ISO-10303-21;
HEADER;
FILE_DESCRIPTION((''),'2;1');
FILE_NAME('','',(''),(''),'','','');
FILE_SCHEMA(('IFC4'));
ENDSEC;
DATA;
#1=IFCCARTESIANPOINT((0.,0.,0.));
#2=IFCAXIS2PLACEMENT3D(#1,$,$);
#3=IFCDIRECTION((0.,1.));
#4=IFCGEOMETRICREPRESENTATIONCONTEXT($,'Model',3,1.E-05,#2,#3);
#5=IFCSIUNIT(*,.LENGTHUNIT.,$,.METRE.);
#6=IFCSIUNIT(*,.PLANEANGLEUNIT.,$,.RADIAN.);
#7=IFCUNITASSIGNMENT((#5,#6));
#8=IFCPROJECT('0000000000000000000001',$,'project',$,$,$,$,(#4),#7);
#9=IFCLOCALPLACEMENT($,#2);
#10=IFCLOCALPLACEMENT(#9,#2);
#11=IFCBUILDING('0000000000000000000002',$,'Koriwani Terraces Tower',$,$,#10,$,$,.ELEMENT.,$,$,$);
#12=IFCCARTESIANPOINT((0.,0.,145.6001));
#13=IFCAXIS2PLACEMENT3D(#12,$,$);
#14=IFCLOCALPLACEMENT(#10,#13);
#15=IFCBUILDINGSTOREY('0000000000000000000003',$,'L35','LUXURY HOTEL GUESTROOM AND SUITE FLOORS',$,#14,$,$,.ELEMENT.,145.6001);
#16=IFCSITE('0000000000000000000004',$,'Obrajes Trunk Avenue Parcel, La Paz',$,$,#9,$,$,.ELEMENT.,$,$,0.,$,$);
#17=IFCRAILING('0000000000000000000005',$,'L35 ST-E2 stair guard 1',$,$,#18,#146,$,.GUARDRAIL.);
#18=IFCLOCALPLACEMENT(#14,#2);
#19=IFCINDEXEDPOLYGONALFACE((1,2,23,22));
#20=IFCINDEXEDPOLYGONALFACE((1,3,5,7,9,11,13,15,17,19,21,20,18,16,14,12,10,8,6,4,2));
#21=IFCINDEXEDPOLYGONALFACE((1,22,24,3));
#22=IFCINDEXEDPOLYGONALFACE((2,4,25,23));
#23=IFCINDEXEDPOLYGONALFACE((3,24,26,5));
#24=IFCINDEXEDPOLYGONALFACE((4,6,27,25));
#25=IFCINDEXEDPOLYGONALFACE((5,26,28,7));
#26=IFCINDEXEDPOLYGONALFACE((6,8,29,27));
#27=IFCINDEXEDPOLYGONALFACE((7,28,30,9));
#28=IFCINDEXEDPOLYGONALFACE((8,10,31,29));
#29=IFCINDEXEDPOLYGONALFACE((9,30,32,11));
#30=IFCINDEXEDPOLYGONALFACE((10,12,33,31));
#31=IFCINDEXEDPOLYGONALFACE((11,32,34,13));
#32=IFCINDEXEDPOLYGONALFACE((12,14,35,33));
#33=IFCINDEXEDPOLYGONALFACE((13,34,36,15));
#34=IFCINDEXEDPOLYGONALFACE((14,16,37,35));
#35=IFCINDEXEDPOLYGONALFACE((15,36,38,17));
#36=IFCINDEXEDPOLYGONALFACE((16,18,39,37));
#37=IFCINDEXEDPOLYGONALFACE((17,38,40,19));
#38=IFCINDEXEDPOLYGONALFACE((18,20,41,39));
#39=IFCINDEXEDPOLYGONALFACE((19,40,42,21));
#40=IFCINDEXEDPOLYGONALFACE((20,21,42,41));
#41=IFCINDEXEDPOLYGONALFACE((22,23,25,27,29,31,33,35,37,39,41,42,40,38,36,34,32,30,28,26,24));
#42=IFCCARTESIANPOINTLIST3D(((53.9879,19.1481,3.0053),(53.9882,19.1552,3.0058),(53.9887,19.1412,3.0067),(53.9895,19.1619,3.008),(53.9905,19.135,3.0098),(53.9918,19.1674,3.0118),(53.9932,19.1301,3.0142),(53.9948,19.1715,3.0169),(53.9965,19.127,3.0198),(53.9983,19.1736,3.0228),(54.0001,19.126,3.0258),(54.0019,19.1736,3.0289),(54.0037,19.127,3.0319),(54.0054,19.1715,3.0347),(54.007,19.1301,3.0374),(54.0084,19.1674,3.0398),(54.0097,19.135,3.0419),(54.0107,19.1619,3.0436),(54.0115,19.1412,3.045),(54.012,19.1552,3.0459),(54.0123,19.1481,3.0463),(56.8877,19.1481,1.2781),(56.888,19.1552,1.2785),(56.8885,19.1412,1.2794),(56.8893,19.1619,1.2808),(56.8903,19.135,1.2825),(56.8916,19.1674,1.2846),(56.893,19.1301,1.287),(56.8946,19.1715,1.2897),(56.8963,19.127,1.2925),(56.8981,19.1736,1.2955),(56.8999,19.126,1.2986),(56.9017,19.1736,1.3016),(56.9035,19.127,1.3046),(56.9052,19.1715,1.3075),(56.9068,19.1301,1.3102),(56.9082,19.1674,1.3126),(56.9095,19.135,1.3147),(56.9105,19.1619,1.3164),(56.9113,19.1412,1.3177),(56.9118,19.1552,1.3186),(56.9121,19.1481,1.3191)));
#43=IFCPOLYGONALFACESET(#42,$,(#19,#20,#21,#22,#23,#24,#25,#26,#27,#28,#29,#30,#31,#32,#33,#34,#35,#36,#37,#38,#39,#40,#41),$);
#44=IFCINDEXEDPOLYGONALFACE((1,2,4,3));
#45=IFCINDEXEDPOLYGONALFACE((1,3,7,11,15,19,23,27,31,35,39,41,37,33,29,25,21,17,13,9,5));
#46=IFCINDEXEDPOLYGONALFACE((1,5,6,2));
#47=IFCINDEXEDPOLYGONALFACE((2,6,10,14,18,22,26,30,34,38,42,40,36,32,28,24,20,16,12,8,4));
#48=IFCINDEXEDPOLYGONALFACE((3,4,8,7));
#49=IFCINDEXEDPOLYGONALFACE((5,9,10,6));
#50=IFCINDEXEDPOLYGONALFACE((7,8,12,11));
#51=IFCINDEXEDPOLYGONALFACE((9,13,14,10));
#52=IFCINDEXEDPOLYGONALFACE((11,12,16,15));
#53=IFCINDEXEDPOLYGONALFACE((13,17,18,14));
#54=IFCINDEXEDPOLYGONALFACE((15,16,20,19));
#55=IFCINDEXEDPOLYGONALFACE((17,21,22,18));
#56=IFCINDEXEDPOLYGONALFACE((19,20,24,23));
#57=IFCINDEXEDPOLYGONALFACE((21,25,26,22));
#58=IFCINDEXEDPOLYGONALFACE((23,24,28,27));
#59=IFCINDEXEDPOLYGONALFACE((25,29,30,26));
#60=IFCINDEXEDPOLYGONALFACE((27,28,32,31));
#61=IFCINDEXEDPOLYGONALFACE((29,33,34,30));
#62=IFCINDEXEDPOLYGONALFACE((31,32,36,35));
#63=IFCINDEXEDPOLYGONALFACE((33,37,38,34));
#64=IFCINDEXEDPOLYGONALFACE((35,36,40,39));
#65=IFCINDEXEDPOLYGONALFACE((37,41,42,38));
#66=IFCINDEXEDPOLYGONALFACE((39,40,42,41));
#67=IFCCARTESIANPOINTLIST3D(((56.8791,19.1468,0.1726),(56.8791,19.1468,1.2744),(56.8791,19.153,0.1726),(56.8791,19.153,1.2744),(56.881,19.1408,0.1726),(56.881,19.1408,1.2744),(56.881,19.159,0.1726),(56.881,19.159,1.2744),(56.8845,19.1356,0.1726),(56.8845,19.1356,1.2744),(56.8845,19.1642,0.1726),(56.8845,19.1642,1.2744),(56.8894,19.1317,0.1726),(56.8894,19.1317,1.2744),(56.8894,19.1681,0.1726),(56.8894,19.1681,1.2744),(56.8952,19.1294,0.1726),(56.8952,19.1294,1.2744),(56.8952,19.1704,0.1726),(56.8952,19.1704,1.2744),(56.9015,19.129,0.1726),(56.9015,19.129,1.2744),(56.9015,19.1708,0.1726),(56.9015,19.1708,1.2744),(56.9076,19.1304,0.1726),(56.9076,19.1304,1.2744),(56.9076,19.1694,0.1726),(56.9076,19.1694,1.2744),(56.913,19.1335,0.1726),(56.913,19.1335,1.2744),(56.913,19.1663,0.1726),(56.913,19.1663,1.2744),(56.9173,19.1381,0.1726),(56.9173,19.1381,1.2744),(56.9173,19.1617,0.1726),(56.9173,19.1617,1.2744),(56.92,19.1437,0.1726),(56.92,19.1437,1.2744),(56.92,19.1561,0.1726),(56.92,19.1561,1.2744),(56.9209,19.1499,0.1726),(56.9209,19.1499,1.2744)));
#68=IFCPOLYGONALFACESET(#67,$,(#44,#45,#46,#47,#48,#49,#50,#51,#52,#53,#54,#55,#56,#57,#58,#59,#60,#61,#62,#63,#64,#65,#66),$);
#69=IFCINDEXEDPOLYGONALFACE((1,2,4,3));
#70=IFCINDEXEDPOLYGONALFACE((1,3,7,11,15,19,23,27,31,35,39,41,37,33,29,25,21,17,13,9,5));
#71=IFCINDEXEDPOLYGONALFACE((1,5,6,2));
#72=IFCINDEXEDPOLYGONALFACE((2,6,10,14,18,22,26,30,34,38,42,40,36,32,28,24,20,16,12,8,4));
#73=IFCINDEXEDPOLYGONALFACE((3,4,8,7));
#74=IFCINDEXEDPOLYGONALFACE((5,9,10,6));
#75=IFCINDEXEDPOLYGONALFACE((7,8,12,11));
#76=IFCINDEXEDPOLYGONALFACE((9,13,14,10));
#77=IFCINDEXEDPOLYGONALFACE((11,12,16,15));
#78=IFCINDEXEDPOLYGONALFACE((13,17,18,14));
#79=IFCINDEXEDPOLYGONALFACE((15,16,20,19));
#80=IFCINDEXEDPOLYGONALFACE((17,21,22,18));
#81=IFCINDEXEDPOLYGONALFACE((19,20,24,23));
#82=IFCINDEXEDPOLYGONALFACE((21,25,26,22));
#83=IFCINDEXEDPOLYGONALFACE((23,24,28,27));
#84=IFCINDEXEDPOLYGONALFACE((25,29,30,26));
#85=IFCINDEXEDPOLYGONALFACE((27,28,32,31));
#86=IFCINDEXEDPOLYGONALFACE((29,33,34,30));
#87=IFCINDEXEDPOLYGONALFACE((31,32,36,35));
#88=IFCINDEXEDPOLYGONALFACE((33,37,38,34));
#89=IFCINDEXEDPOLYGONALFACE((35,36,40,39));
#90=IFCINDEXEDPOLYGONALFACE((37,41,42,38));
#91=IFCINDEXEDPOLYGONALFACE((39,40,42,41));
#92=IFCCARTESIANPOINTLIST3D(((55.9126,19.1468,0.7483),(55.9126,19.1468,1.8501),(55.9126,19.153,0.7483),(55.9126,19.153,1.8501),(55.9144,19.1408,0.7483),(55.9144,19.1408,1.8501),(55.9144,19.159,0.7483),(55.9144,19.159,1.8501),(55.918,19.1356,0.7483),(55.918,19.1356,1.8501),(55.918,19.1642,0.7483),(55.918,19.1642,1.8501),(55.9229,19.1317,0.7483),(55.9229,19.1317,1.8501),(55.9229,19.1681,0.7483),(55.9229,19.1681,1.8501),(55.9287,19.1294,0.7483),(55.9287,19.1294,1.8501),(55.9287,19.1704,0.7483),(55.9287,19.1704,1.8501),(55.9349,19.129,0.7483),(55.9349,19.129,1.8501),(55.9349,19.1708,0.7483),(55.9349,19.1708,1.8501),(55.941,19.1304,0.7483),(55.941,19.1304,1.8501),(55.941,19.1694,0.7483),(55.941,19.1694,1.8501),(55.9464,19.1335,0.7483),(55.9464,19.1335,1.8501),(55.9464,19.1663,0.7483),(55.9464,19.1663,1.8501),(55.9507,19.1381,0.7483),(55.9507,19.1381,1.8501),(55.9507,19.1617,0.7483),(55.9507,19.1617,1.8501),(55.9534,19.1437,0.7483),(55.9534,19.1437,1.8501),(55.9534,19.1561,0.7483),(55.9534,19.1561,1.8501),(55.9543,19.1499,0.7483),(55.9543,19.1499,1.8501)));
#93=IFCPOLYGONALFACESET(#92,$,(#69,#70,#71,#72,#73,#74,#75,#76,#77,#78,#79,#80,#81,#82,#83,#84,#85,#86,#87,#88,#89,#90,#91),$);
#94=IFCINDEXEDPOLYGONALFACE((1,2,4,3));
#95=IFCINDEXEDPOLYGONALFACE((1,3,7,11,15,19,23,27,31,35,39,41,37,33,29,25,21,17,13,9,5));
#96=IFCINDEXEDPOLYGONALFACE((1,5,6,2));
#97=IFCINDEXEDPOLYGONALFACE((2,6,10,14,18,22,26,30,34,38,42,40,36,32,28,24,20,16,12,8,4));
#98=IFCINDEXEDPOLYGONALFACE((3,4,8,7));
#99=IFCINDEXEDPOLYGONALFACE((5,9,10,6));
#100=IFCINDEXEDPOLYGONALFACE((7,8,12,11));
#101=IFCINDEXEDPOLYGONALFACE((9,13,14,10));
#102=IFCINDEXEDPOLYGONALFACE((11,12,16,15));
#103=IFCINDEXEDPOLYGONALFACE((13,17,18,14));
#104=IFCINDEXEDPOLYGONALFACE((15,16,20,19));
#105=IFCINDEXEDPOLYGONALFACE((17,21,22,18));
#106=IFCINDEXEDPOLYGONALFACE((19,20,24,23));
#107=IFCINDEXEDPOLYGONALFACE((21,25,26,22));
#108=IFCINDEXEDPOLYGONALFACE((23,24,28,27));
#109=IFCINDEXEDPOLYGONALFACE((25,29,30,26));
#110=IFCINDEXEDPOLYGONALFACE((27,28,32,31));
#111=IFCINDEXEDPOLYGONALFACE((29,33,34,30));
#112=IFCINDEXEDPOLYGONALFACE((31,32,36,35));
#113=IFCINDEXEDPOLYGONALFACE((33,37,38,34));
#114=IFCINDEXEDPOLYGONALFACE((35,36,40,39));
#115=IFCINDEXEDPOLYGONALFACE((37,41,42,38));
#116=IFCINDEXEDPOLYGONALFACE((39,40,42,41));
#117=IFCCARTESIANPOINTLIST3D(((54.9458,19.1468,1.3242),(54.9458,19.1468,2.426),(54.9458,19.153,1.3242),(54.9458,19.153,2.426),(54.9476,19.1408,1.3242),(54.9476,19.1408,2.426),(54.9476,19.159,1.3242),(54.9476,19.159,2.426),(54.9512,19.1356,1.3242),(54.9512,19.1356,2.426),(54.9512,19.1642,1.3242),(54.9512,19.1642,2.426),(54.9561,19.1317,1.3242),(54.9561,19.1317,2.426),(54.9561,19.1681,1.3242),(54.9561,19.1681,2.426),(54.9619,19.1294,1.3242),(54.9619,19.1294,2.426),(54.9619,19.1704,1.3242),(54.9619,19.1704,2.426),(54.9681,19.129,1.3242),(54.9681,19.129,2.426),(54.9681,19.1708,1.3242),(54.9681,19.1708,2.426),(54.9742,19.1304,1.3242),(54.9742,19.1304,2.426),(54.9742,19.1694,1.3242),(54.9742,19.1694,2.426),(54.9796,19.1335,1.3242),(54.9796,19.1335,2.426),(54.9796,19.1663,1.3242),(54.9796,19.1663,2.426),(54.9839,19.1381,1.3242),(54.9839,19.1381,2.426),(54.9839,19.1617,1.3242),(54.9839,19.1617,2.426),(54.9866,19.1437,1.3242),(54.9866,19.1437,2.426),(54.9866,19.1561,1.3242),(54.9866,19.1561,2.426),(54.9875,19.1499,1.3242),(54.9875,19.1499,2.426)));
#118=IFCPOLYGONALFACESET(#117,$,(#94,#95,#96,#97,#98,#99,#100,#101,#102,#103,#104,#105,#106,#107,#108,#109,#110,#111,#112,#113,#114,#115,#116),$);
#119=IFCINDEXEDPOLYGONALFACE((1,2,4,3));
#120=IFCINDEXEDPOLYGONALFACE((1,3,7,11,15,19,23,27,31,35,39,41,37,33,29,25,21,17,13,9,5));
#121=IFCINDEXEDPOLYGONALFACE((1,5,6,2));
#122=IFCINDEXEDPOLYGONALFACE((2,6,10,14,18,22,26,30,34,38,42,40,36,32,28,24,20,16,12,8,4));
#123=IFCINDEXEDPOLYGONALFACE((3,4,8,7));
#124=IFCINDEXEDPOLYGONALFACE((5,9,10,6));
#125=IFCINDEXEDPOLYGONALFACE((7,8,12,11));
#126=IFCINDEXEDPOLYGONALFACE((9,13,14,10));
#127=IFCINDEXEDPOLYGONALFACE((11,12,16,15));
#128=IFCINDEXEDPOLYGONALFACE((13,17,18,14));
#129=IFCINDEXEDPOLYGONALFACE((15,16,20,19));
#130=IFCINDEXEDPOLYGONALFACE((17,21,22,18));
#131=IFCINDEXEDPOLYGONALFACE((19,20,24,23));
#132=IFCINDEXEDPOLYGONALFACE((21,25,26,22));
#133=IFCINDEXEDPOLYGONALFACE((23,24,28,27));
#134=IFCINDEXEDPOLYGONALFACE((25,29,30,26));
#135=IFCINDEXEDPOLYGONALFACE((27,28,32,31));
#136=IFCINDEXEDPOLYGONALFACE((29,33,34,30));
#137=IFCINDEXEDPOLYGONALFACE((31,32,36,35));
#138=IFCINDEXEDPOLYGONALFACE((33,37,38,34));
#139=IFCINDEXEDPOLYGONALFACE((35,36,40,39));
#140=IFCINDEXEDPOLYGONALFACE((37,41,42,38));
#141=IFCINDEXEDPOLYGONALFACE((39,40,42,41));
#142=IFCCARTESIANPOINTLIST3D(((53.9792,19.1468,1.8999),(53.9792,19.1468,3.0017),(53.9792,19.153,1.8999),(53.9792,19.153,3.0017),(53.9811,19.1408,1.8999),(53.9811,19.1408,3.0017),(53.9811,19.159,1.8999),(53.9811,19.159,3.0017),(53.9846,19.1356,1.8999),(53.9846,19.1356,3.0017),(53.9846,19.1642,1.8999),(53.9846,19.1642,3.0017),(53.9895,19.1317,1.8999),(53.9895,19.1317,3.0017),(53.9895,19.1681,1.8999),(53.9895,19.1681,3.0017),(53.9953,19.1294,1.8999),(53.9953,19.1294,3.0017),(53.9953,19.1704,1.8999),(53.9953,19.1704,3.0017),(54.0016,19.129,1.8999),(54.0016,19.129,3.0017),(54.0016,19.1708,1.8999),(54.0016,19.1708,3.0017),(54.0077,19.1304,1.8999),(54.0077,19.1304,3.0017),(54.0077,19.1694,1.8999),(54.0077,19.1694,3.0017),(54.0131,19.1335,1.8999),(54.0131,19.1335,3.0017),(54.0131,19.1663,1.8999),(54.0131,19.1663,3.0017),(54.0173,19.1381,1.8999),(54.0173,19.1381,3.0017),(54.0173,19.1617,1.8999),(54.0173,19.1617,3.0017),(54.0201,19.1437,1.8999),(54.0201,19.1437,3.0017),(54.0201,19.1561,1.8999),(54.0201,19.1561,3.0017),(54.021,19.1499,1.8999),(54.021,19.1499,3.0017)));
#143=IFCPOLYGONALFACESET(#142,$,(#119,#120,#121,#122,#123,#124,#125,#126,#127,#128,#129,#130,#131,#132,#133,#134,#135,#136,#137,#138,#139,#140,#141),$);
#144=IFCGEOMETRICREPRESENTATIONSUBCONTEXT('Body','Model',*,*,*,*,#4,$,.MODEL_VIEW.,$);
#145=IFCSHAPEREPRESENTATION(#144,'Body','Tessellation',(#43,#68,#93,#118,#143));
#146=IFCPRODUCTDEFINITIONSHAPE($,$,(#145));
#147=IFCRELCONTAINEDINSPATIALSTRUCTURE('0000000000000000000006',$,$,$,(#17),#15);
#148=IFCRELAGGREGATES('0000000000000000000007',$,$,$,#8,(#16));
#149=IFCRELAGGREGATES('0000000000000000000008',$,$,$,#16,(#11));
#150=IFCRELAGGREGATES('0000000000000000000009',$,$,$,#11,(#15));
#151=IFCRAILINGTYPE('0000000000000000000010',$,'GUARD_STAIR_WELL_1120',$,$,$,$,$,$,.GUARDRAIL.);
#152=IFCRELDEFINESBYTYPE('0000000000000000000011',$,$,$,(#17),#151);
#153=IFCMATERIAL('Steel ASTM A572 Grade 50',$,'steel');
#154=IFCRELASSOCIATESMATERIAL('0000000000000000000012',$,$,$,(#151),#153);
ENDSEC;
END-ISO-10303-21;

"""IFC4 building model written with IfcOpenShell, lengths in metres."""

from ifc_helpers import new_model, si_unit, direction, frame, origin, origin_2d, place, context, subcontext, project, spatial, circle, extrude, material, type_object, element, save


model = new_model("IFC4")

# Units and contexts
model_context = context("Model", 3, precision=1e-05, world=origin(), true_north=direction((0.0, 1.0)))
body_context = subcontext(model_context, "Body", "Model", "MODEL_VIEW")
ifc_project = project(units=[si_unit("LENGTHUNIT", "METRE"), si_unit("PLANEANGLEUNIT", "RADIAN")], contexts=[model_context])

# Site, building, storey
site_placement = place(None, origin())
site = spatial("IfcSite", under=ifc_project, at=site_placement, Name="Obrajes Trunk Avenue Parcel, La Paz", CompositionType="ELEMENT", RefElevation=0.0)
building_placement = place(site_placement, origin())
building = spatial("IfcBuilding", under=site, at=building_placement, Name="Koriwani Terraces Tower", CompositionType="ELEMENT")
storey_placement = place(building_placement, frame((0.0, 0.0, 145.6001)))
storey = spatial("IfcBuildingStorey", under=building, at=storey_placement, Name="L35", Description="LUXURY HOTEL GUESTROOM AND SUITE FLOORS", CompositionType="ELEMENT", Elevation=145.6001)

# Shared definitions
ifc_material_1 = material(Name="Steel ASTM A572 Grade 50", Category="steel")

# Railing
railing_type_1 = type_object("IfcRailingType", Name="GUARD_STAIR_WELL_1120", PredefinedType="GUARDRAIL", material=ifc_material_1)
railing_1_placement = place(storey_placement, frame((56.8999, 19.1499, 0.1726)))
element("IfcRailing", 1, at=railing_1_placement, inside=storey, type_object=railing_type_1, Name="L35 ST-E2 stair guard 1", PredefinedType="GUARDRAIL", context=body_context, shape_type="SweptSolid", body=[
    extrude(circle(Radius=0.0239, at=origin_2d()), frame((0.0, 0.0, 1.126), z_axis=(-0.859141, 0.0, 0.511738), x_axis=(0.0, -1.0, 0.0)), (0.0, 0.0, 1.0), 3.3752),
    extrude(circle(Radius=0.021, at=origin_2d()), origin(), (0.0, 0.0, 1.0), 1.1018),
    extrude(circle(Radius=0.021, at=origin_2d()), frame((-0.9666, 0.0, 0.5757)), (0.0, 0.0, 1.0), 1.1018),
    extrude(circle(Radius=0.021, at=origin_2d()), frame((-1.9333, 0.0, 1.1516)), (0.0, 0.0, 1.0), 1.1018),
    extrude(circle(Radius=0.021, at=origin_2d()), frame((-2.8999, 0.0, 1.7273)), (0.0, 0.0, 1.0), 1.1018),
])

save(model, "model.ifc")
